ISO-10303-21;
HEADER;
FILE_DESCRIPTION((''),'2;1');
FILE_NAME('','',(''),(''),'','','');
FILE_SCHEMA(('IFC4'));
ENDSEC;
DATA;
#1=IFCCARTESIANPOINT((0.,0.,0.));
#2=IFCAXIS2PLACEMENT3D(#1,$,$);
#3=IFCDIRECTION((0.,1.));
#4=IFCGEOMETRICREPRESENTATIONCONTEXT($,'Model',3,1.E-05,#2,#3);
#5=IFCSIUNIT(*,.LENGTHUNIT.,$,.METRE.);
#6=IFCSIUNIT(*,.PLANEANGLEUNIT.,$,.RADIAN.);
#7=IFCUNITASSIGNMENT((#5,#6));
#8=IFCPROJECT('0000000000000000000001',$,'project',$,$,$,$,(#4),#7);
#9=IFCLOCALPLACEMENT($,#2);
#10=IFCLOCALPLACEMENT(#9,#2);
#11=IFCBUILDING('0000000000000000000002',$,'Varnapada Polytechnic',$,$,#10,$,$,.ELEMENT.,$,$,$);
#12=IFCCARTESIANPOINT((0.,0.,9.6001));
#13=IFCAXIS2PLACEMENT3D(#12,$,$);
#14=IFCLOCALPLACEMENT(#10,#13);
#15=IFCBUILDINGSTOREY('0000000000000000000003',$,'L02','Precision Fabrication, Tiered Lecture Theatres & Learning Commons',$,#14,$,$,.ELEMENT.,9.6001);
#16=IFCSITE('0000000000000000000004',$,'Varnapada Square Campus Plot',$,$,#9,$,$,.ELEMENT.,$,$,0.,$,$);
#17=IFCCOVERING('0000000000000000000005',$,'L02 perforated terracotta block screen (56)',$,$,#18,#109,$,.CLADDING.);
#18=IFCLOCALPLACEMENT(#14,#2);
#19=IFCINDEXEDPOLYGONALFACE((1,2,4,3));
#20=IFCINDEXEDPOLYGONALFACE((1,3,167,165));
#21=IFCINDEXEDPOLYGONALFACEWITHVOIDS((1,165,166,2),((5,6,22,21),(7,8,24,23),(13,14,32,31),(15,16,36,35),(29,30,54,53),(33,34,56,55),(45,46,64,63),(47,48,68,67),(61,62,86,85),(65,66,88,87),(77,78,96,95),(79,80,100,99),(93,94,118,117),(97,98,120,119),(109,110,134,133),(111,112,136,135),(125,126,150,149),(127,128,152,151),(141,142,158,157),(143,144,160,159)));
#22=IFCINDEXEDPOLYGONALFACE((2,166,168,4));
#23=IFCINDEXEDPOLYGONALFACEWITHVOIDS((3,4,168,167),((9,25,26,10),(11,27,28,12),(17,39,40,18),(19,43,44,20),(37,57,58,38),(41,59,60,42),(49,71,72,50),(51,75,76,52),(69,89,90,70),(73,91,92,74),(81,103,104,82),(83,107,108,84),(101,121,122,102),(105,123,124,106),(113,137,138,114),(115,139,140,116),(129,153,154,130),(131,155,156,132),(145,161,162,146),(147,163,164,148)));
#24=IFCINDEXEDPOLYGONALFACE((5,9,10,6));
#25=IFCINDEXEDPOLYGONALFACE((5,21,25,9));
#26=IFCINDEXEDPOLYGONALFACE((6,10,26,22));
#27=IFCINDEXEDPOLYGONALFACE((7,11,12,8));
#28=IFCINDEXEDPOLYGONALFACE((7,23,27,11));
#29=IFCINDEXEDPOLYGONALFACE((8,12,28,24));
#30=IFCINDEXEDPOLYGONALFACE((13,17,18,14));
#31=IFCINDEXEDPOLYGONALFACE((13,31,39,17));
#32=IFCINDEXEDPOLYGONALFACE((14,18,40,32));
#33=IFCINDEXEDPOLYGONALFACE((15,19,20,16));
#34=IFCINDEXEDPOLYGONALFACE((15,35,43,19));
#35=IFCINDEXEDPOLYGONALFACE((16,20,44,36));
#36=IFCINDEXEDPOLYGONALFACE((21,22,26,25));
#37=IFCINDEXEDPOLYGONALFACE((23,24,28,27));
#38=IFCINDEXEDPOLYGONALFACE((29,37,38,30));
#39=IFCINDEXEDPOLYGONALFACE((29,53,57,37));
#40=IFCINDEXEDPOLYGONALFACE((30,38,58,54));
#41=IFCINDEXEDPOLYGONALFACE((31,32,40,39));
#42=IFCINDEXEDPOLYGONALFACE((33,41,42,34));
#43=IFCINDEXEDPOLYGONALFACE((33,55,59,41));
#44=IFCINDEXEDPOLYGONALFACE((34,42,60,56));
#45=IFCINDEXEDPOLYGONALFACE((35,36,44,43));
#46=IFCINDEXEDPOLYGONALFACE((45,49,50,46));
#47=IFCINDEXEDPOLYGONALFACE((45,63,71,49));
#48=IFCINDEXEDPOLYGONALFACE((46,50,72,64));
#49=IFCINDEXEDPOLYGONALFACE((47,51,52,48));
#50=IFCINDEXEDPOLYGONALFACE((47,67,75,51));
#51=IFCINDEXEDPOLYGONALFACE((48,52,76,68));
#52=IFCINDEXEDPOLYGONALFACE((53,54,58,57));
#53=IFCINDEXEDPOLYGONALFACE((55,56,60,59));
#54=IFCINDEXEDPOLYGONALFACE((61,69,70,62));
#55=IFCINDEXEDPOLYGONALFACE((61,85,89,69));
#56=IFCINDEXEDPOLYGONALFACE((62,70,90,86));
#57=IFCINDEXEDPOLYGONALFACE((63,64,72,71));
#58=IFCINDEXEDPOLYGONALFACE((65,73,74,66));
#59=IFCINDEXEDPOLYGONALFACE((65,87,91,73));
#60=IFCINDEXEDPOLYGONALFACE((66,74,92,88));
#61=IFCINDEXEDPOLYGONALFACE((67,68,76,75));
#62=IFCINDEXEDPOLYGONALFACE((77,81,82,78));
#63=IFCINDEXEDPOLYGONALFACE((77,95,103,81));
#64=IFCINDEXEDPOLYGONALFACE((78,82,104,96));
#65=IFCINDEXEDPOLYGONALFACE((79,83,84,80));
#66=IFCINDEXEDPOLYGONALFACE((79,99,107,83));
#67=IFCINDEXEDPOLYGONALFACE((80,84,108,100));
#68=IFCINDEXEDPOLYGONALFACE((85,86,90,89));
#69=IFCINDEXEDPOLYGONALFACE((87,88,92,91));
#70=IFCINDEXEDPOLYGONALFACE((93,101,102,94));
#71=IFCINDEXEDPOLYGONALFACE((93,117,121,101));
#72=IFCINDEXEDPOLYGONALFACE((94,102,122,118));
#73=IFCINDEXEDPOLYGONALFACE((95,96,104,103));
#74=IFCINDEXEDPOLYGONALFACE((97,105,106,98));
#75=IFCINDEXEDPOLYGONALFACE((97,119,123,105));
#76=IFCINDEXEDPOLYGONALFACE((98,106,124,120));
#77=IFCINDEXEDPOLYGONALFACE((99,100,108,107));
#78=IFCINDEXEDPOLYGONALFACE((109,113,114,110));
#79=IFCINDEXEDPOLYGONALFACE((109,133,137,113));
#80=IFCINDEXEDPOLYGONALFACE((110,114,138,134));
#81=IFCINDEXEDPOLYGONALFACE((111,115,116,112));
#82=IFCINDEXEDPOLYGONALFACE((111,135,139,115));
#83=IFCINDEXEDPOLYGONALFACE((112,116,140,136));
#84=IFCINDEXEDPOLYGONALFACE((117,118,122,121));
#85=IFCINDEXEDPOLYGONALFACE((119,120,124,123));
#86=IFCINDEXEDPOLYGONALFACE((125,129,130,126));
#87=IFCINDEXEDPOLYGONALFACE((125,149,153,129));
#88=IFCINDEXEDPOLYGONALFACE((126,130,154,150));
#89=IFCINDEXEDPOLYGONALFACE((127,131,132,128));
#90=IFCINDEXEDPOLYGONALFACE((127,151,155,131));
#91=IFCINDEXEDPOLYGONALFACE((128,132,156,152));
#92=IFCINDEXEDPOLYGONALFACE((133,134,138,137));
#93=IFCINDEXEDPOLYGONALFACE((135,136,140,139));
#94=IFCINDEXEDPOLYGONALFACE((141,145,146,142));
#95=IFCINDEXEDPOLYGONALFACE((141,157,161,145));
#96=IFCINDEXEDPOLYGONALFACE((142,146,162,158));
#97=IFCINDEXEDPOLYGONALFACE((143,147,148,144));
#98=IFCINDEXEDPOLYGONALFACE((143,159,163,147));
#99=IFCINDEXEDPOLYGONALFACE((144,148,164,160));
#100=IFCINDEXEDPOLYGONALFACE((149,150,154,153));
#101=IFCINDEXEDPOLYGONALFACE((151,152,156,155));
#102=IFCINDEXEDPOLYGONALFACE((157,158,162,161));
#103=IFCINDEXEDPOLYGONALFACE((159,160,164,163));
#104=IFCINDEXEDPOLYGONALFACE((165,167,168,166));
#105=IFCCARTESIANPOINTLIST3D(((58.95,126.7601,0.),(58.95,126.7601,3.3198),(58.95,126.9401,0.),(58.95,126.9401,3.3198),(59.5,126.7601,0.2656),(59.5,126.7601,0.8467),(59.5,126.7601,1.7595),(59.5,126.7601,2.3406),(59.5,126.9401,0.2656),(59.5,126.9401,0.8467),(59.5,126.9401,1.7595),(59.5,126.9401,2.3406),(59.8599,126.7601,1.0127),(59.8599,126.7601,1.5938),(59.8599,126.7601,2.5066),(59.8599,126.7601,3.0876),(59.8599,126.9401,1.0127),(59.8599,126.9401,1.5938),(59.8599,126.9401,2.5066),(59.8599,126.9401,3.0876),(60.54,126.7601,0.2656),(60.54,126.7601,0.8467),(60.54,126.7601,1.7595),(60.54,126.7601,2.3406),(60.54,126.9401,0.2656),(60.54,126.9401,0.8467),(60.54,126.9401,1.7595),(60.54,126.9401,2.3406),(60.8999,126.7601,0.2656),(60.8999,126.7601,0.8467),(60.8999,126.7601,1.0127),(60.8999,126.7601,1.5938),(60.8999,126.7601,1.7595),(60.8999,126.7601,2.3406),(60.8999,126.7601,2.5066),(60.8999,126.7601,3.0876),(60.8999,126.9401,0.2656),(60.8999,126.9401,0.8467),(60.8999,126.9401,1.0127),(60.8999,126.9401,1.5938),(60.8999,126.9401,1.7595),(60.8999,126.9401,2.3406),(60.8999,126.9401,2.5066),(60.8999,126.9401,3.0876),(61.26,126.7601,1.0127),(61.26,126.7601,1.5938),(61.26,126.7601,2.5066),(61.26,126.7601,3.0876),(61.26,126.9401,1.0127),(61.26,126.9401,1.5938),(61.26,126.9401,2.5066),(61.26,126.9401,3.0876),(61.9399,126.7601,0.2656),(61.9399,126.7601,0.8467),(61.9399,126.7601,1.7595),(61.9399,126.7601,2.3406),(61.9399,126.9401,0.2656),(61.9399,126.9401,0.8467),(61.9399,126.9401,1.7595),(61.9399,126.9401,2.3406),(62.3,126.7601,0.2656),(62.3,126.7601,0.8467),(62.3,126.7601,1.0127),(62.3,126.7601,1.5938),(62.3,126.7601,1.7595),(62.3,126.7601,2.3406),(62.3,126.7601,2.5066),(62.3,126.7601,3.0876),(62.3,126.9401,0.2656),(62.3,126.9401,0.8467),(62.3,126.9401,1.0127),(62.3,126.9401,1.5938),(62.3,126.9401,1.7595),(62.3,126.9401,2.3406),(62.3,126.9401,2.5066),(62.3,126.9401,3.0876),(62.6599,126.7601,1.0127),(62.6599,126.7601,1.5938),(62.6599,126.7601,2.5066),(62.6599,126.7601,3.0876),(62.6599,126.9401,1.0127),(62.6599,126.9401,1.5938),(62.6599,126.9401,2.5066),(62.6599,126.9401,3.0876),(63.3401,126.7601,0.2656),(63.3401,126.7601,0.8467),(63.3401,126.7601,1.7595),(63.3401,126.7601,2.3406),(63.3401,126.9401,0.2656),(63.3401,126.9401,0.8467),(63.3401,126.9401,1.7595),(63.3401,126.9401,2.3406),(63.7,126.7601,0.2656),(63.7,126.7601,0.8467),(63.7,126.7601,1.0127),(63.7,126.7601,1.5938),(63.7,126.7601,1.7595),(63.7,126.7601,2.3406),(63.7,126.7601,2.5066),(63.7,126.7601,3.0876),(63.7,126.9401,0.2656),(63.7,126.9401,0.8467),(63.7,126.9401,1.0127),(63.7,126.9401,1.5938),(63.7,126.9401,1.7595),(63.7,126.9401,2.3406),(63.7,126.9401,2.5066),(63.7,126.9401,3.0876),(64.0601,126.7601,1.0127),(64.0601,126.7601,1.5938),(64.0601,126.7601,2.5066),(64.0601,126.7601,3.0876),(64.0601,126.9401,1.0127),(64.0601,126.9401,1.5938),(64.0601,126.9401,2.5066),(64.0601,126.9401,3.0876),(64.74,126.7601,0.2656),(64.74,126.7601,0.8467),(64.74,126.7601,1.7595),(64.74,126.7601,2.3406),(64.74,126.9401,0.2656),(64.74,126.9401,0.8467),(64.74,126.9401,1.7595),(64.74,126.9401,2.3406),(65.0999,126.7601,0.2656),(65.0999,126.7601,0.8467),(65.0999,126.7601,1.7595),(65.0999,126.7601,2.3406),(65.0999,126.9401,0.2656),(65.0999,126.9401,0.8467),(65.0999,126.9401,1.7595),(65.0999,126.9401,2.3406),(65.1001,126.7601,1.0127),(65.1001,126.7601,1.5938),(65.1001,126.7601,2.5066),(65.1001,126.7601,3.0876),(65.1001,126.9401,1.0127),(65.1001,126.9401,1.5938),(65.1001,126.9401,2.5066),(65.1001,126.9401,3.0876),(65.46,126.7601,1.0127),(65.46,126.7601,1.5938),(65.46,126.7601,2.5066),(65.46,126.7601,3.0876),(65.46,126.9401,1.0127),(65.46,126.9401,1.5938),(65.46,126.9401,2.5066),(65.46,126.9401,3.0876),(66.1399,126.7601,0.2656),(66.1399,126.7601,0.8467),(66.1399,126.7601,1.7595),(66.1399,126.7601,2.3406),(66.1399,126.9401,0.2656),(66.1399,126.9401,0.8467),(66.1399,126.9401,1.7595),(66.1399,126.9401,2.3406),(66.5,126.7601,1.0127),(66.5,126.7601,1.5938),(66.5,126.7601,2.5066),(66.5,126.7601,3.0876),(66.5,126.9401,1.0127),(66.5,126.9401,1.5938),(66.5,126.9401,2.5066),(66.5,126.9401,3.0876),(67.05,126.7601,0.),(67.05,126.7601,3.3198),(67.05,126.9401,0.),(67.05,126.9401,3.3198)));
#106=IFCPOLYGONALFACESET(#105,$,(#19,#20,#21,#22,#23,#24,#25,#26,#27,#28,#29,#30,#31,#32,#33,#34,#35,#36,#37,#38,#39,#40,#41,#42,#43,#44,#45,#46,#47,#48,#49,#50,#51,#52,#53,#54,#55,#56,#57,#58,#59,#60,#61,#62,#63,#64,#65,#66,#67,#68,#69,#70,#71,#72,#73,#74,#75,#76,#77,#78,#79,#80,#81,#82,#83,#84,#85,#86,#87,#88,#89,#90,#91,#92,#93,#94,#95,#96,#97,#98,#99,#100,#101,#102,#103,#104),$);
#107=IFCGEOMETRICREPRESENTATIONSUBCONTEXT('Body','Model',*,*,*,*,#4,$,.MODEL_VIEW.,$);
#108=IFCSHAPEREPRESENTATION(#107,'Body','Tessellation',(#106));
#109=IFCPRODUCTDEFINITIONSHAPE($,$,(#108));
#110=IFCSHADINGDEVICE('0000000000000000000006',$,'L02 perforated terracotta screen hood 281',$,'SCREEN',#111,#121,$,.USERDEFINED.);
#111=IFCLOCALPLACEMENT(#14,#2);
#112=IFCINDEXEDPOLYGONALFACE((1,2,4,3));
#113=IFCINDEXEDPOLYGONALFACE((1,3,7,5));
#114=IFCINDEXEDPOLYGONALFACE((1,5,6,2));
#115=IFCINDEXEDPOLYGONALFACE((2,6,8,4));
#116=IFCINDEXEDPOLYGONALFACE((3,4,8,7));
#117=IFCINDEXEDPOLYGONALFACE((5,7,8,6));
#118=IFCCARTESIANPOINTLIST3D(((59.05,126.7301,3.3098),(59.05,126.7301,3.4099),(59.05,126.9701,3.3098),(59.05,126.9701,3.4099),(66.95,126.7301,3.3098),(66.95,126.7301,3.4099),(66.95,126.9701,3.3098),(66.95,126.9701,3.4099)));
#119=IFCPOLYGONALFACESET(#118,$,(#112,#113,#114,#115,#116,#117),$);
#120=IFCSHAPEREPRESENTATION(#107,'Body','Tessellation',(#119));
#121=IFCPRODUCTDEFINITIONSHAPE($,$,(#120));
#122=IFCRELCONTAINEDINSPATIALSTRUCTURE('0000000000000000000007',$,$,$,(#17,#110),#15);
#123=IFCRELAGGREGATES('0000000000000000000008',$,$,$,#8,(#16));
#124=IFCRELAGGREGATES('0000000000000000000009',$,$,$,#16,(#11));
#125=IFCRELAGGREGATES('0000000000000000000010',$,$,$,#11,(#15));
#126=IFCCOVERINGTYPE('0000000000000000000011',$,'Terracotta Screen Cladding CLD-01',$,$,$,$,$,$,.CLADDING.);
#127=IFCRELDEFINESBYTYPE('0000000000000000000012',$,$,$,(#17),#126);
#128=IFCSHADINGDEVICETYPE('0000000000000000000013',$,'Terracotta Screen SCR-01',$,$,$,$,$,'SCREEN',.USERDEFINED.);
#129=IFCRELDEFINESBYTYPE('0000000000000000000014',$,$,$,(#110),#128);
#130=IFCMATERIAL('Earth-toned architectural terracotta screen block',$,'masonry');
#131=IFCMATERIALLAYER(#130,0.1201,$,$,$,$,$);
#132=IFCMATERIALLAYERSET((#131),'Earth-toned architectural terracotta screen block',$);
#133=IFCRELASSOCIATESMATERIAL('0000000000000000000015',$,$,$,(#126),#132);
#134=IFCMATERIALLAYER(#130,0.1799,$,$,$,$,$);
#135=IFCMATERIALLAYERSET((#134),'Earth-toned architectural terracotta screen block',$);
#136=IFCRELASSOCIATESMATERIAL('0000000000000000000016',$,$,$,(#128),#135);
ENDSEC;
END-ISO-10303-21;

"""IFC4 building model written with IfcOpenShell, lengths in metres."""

from ifc_helpers import new_model, si_unit, direction, frame, frame_2d, origin, origin_2d, place, context, subcontext, project, spatial, rectangle, extrude, material, layer, layer_set, type_object, element, save


model = new_model("IFC4")

# Units and contexts
model_context = context("Model", 3, precision=1e-05, world=origin(), true_north=direction((0.0, 1.0)))
body_context = subcontext(model_context, "Body", "Model", "MODEL_VIEW")
ifc_project = project(units=[si_unit("LENGTHUNIT", "METRE"), si_unit("PLANEANGLEUNIT", "RADIAN")], contexts=[model_context])

# Site, building, storey
site_placement = place(None, origin())
site = spatial("IfcSite", under=ifc_project, at=site_placement, Name="Varnapada Square Campus Plot", CompositionType="ELEMENT", RefElevation=0.0)
building_placement = place(site_placement, origin())
building = spatial("IfcBuilding", under=site, at=building_placement, Name="Varnapada Polytechnic", CompositionType="ELEMENT")
storey_placement = place(building_placement, frame((0.0, 0.0, 9.6001)))
storey = spatial("IfcBuildingStorey", under=building, at=storey_placement, Name="L02", Description="Precision Fabrication, Tiered Lecture Theatres & Learning Commons", CompositionType="ELEMENT", Elevation=9.6001)

# Covering, openings
ifc_material_1 = material(Name="Earth-toned architectural terracotta screen block", Category="masonry")
ifc_layer_1 = layer(ifc_material_1, 0.1201)
ifc_layer_set_1 = layer_set([ifc_layer_1], Name="Earth-toned architectural terracotta screen block")
covering_type_1 = type_object("IfcCoveringType", Name="Terracotta Screen Cladding CLD-01", PredefinedType="CLADDING", material=ifc_layer_set_1)
covering_1_placement = place(storey_placement, frame((58.95, 126.8501, 0.0), z_axis=(0.0, 0.0, 1.0), x_axis=(1.0, 0.0, 0.0)))
covering_1 = element("IfcCovering", 1, at=covering_1_placement, inside=storey, type_object=covering_type_1, Name="L02 perforated terracotta block screen (56)", PredefinedType="CLADDING", context=body_context, shape_type="SweptSolid", body=[
    extrude(rectangle(XDim=8.1001, YDim=0.1799, at=frame_2d((4.05, 0.0))), origin(), (0.0, 0.0, 1.0), 3.3198),
])
opening_1_placement = place(covering_1_placement, frame((0.55, 0.0, 0.2656)))
element("IfcOpeningElement", 2, at=opening_1_placement, cuts=covering_1, PredefinedType="OPENING", context=body_context, shape_type="SweptSolid", body=[
    extrude(rectangle(XDim=1.04, YDim=0.5811, at=frame_2d((0.52, 0.2905))), frame((0.0, 0.0999, 0.0), z_axis=(0.0, -1.0, 0.0), x_axis=(1.0, 0.0, 0.0)), (0.0, 0.0, 1.0), 0.2),
])
opening_2_placement = place(covering_1_placement, frame((1.95, 0.0, 0.2656)))
element("IfcOpeningElement", 3, at=opening_2_placement, cuts=covering_1, PredefinedType="OPENING", context=body_context, shape_type="SweptSolid", body=[
    extrude(rectangle(XDim=1.04, YDim=0.5811, at=frame_2d((0.52, 0.2905))), frame((0.0, 0.0999, 0.0), z_axis=(0.0, -1.0, 0.0), x_axis=(1.0, 0.0, 0.0)), (0.0, 0.0, 1.0), 0.2),
])
opening_3_placement = place(covering_1_placement, frame((3.3501, 0.0, 0.2656)))
element("IfcOpeningElement", 4, at=opening_3_placement, cuts=covering_1, PredefinedType="OPENING", context=body_context, shape_type="SweptSolid", body=[
    extrude(rectangle(XDim=1.04, YDim=0.5811, at=frame_2d((0.52, 0.2905))), frame((0.0, 0.0999, 0.0), z_axis=(0.0, -1.0, 0.0), x_axis=(1.0, 0.0, 0.0)), (0.0, 0.0, 1.0), 0.2),
])
opening_4_placement = place(covering_1_placement, frame((4.75, 0.0, 0.2656)))
element("IfcOpeningElement", 5, at=opening_4_placement, cuts=covering_1, PredefinedType="OPENING", context=body_context, shape_type="SweptSolid", body=[
    extrude(rectangle(XDim=1.04, YDim=0.5811, at=frame_2d((0.52, 0.2905))), frame((0.0, 0.0999, 0.0), z_axis=(0.0, -1.0, 0.0), x_axis=(1.0, 0.0, 0.0)), (0.0, 0.0, 1.0), 0.2),
])
opening_5_placement = place(covering_1_placement, frame((6.1499, 0.0, 0.2656)))
element("IfcOpeningElement", 6, at=opening_5_placement, cuts=covering_1, PredefinedType="OPENING", context=body_context, shape_type="SweptSolid", body=[
    extrude(rectangle(XDim=1.04, YDim=0.5811, at=frame_2d((0.52, 0.2905))), frame((0.0, 0.0999, 0.0), z_axis=(0.0, -1.0, 0.0), x_axis=(1.0, 0.0, 0.0)), (0.0, 0.0, 1.0), 0.2),
])
opening_6_placement = place(covering_1_placement, frame((0.9099, 0.0, 1.0127)))
element("IfcOpeningElement", 7, at=opening_6_placement, cuts=covering_1, PredefinedType="OPENING", context=body_context, shape_type="SweptSolid", body=[
    extrude(rectangle(XDim=1.04, YDim=0.5811, at=frame_2d((0.52, 0.2905))), frame((0.0, 0.0999, 0.0), z_axis=(0.0, -1.0, 0.0), x_axis=(1.0, 0.0, 0.0)), (0.0, 0.0, 1.0), 0.2),
])
opening_7_placement = place(covering_1_placement, frame((2.3101, 0.0, 1.0127)))
element("IfcOpeningElement", 8, at=opening_7_placement, cuts=covering_1, PredefinedType="OPENING", context=body_context, shape_type="SweptSolid", body=[
    extrude(rectangle(XDim=1.04, YDim=0.5811, at=frame_2d((0.52, 0.2905))), frame((0.0, 0.0999, 0.0), z_axis=(0.0, -1.0, 0.0), x_axis=(1.0, 0.0, 0.0)), (0.0, 0.0, 1.0), 0.2),
])
opening_8_placement = place(covering_1_placement, frame((3.71, 0.0, 1.0127)))
element("IfcOpeningElement", 9, at=opening_8_placement, cuts=covering_1, PredefinedType="OPENING", context=body_context, shape_type="SweptSolid", body=[
    extrude(rectangle(XDim=1.04, YDim=0.5811, at=frame_2d((0.52, 0.2905))), frame((0.0, 0.0999, 0.0), z_axis=(0.0, -1.0, 0.0), x_axis=(1.0, 0.0, 0.0)), (0.0, 0.0, 1.0), 0.2),
])
opening_9_placement = place(covering_1_placement, frame((5.1101, 0.0, 1.0127)))
element("IfcOpeningElement", 10, at=opening_9_placement, cuts=covering_1, PredefinedType="OPENING", context=body_context, shape_type="SweptSolid", body=[
    extrude(rectangle(XDim=1.04, YDim=0.5811, at=frame_2d((0.52, 0.2905))), frame((0.0, 0.0999, 0.0), z_axis=(0.0, -1.0, 0.0), x_axis=(1.0, 0.0, 0.0)), (0.0, 0.0, 1.0), 0.2),
])
opening_10_placement = place(covering_1_placement, frame((6.51, 0.0, 1.0127)))
element("IfcOpeningElement", 11, at=opening_10_placement, cuts=covering_1, PredefinedType="OPENING", context=body_context, shape_type="SweptSolid", body=[
    extrude(rectangle(XDim=1.04, YDim=0.5811, at=frame_2d((0.52, 0.2905))), frame((0.0, 0.0999, 0.0), z_axis=(0.0, -1.0, 0.0), x_axis=(1.0, 0.0, 0.0)), (0.0, 0.0, 1.0), 0.2),
])
opening_11_placement = place(covering_1_placement, frame((0.55, 0.0, 1.7595)))
element("IfcOpeningElement", 12, at=opening_11_placement, cuts=covering_1, PredefinedType="OPENING", context=body_context, shape_type="SweptSolid", body=[
    extrude(rectangle(XDim=1.04, YDim=0.5811, at=frame_2d((0.52, 0.2905))), frame((0.0, 0.0999, 0.0), z_axis=(0.0, -1.0, 0.0), x_axis=(1.0, 0.0, 0.0)), (0.0, 0.0, 1.0), 0.2),
])
opening_12_placement = place(covering_1_placement, frame((1.95, 0.0, 1.7595)))
element("IfcOpeningElement", 13, at=opening_12_placement, cuts=covering_1, PredefinedType="OPENING", context=body_context, shape_type="SweptSolid", body=[
    extrude(rectangle(XDim=1.04, YDim=0.5811, at=frame_2d((0.52, 0.2905))), frame((0.0, 0.0999, 0.0), z_axis=(0.0, -1.0, 0.0), x_axis=(1.0, 0.0, 0.0)), (0.0, 0.0, 1.0), 0.2),
])
opening_13_placement = place(covering_1_placement, frame((3.3501, 0.0, 1.7595)))
element("IfcOpeningElement", 14, at=opening_13_placement, cuts=covering_1, PredefinedType="OPENING", context=body_context, shape_type="SweptSolid", body=[
    extrude(rectangle(XDim=1.04, YDim=0.5811, at=frame_2d((0.52, 0.2905))), frame((0.0, 0.0999, 0.0), z_axis=(0.0, -1.0, 0.0), x_axis=(1.0, 0.0, 0.0)), (0.0, 0.0, 1.0), 0.2),
])
opening_14_placement = place(covering_1_placement, frame((4.75, 0.0, 1.7595)))
element("IfcOpeningElement", 15, at=opening_14_placement, cuts=covering_1, PredefinedType="OPENING", context=body_context, shape_type="SweptSolid", body=[
    extrude(rectangle(XDim=1.04, YDim=0.5811, at=frame_2d((0.52, 0.2905))), frame((0.0, 0.0999, 0.0), z_axis=(0.0, -1.0, 0.0), x_axis=(1.0, 0.0, 0.0)), (0.0, 0.0, 1.0), 0.2),
])
opening_15_placement = place(covering_1_placement, frame((6.1499, 0.0, 1.7595)))
element("IfcOpeningElement", 16, at=opening_15_placement, cuts=covering_1, PredefinedType="OPENING", context=body_context, shape_type="SweptSolid", body=[
    extrude(rectangle(XDim=1.04, YDim=0.5811, at=frame_2d((0.52, 0.2905))), frame((0.0, 0.0999, 0.0), z_axis=(0.0, -1.0, 0.0), x_axis=(1.0, 0.0, 0.0)), (0.0, 0.0, 1.0), 0.2),
])
opening_16_placement = place(covering_1_placement, frame((0.9099, 0.0, 2.5066)))
element("IfcOpeningElement", 17, at=opening_16_placement, cuts=covering_1, PredefinedType="OPENING", context=body_context, shape_type="SweptSolid", body=[
    extrude(rectangle(XDim=1.04, YDim=0.5811, at=frame_2d((0.52, 0.2905))), frame((0.0, 0.0999, 0.0), z_axis=(0.0, -1.0, 0.0), x_axis=(1.0, 0.0, 0.0)), (0.0, 0.0, 1.0), 0.2),
])
opening_17_placement = place(covering_1_placement, frame((2.3101, 0.0, 2.5066)))
element("IfcOpeningElement", 18, at=opening_17_placement, cuts=covering_1, PredefinedType="OPENING", context=body_context, shape_type="SweptSolid", body=[
    extrude(rectangle(XDim=1.04, YDim=0.5811, at=frame_2d((0.52, 0.2905))), frame((0.0, 0.0999, 0.0), z_axis=(0.0, -1.0, 0.0), x_axis=(1.0, 0.0, 0.0)), (0.0, 0.0, 1.0), 0.2),
])
opening_18_placement = place(covering_1_placement, frame((3.71, 0.0, 2.5066)))
element("IfcOpeningElement", 19, at=opening_18_placement, cuts=covering_1, PredefinedType="OPENING", context=body_context, shape_type="SweptSolid", body=[
    extrude(rectangle(XDim=1.04, YDim=0.5811, at=frame_2d((0.52, 0.2905))), frame((0.0, 0.0999, 0.0), z_axis=(0.0, -1.0, 0.0), x_axis=(1.0, 0.0, 0.0)), (0.0, 0.0, 1.0), 0.2),
])
opening_19_placement = place(covering_1_placement, frame((5.1101, 0.0, 2.5066)))
element("IfcOpeningElement", 20, at=opening_19_placement, cuts=covering_1, PredefinedType="OPENING", context=body_context, shape_type="SweptSolid", body=[
    extrude(rectangle(XDim=1.04, YDim=0.5811, at=frame_2d((0.52, 0.2905))), frame((0.0, 0.0999, 0.0), z_axis=(0.0, -1.0, 0.0), x_axis=(1.0, 0.0, 0.0)), (0.0, 0.0, 1.0), 0.2),
])
opening_20_placement = place(covering_1_placement, frame((6.51, 0.0, 2.5066)))
element("IfcOpeningElement", 21, at=opening_20_placement, cuts=covering_1, PredefinedType="OPENING", context=body_context, shape_type="SweptSolid", body=[
    extrude(rectangle(XDim=1.04, YDim=0.5811, at=frame_2d((0.52, 0.2905))), frame((0.0, 0.0999, 0.0), z_axis=(0.0, -1.0, 0.0), x_axis=(1.0, 0.0, 0.0)), (0.0, 0.0, 1.0), 0.2),
])

# Shading device
ifc_layer_2 = layer(ifc_material_1, 0.1799)
ifc_layer_set_2 = layer_set([ifc_layer_2], Name="Earth-toned architectural terracotta screen block")
shading_device_type = type_object("IfcShadingDeviceType", Name="Terracotta Screen SCR-01", ElementType="SCREEN", PredefinedType="USERDEFINED", material=ifc_layer_set_2)
shading_device_placement = place(storey_placement, frame((63.0, 126.8501, 3.3098), z_axis=(0.0, 0.0, 1.0), x_axis=(1.0, 0.0, 0.0)))
element("IfcShadingDevice", 22, at=shading_device_placement, inside=storey, type_object=shading_device_type, Name="L02 perforated terracotta screen hood 281", ObjectType="SCREEN", PredefinedType="USERDEFINED", context=body_context, shape_type="SweptSolid", body=[
    extrude(rectangle(XDim=7.8999, YDim=0.24, at=origin_2d()), origin(), (0.0, 0.0, 1.0), 0.1001),
])

save(model, "model.ifc")
